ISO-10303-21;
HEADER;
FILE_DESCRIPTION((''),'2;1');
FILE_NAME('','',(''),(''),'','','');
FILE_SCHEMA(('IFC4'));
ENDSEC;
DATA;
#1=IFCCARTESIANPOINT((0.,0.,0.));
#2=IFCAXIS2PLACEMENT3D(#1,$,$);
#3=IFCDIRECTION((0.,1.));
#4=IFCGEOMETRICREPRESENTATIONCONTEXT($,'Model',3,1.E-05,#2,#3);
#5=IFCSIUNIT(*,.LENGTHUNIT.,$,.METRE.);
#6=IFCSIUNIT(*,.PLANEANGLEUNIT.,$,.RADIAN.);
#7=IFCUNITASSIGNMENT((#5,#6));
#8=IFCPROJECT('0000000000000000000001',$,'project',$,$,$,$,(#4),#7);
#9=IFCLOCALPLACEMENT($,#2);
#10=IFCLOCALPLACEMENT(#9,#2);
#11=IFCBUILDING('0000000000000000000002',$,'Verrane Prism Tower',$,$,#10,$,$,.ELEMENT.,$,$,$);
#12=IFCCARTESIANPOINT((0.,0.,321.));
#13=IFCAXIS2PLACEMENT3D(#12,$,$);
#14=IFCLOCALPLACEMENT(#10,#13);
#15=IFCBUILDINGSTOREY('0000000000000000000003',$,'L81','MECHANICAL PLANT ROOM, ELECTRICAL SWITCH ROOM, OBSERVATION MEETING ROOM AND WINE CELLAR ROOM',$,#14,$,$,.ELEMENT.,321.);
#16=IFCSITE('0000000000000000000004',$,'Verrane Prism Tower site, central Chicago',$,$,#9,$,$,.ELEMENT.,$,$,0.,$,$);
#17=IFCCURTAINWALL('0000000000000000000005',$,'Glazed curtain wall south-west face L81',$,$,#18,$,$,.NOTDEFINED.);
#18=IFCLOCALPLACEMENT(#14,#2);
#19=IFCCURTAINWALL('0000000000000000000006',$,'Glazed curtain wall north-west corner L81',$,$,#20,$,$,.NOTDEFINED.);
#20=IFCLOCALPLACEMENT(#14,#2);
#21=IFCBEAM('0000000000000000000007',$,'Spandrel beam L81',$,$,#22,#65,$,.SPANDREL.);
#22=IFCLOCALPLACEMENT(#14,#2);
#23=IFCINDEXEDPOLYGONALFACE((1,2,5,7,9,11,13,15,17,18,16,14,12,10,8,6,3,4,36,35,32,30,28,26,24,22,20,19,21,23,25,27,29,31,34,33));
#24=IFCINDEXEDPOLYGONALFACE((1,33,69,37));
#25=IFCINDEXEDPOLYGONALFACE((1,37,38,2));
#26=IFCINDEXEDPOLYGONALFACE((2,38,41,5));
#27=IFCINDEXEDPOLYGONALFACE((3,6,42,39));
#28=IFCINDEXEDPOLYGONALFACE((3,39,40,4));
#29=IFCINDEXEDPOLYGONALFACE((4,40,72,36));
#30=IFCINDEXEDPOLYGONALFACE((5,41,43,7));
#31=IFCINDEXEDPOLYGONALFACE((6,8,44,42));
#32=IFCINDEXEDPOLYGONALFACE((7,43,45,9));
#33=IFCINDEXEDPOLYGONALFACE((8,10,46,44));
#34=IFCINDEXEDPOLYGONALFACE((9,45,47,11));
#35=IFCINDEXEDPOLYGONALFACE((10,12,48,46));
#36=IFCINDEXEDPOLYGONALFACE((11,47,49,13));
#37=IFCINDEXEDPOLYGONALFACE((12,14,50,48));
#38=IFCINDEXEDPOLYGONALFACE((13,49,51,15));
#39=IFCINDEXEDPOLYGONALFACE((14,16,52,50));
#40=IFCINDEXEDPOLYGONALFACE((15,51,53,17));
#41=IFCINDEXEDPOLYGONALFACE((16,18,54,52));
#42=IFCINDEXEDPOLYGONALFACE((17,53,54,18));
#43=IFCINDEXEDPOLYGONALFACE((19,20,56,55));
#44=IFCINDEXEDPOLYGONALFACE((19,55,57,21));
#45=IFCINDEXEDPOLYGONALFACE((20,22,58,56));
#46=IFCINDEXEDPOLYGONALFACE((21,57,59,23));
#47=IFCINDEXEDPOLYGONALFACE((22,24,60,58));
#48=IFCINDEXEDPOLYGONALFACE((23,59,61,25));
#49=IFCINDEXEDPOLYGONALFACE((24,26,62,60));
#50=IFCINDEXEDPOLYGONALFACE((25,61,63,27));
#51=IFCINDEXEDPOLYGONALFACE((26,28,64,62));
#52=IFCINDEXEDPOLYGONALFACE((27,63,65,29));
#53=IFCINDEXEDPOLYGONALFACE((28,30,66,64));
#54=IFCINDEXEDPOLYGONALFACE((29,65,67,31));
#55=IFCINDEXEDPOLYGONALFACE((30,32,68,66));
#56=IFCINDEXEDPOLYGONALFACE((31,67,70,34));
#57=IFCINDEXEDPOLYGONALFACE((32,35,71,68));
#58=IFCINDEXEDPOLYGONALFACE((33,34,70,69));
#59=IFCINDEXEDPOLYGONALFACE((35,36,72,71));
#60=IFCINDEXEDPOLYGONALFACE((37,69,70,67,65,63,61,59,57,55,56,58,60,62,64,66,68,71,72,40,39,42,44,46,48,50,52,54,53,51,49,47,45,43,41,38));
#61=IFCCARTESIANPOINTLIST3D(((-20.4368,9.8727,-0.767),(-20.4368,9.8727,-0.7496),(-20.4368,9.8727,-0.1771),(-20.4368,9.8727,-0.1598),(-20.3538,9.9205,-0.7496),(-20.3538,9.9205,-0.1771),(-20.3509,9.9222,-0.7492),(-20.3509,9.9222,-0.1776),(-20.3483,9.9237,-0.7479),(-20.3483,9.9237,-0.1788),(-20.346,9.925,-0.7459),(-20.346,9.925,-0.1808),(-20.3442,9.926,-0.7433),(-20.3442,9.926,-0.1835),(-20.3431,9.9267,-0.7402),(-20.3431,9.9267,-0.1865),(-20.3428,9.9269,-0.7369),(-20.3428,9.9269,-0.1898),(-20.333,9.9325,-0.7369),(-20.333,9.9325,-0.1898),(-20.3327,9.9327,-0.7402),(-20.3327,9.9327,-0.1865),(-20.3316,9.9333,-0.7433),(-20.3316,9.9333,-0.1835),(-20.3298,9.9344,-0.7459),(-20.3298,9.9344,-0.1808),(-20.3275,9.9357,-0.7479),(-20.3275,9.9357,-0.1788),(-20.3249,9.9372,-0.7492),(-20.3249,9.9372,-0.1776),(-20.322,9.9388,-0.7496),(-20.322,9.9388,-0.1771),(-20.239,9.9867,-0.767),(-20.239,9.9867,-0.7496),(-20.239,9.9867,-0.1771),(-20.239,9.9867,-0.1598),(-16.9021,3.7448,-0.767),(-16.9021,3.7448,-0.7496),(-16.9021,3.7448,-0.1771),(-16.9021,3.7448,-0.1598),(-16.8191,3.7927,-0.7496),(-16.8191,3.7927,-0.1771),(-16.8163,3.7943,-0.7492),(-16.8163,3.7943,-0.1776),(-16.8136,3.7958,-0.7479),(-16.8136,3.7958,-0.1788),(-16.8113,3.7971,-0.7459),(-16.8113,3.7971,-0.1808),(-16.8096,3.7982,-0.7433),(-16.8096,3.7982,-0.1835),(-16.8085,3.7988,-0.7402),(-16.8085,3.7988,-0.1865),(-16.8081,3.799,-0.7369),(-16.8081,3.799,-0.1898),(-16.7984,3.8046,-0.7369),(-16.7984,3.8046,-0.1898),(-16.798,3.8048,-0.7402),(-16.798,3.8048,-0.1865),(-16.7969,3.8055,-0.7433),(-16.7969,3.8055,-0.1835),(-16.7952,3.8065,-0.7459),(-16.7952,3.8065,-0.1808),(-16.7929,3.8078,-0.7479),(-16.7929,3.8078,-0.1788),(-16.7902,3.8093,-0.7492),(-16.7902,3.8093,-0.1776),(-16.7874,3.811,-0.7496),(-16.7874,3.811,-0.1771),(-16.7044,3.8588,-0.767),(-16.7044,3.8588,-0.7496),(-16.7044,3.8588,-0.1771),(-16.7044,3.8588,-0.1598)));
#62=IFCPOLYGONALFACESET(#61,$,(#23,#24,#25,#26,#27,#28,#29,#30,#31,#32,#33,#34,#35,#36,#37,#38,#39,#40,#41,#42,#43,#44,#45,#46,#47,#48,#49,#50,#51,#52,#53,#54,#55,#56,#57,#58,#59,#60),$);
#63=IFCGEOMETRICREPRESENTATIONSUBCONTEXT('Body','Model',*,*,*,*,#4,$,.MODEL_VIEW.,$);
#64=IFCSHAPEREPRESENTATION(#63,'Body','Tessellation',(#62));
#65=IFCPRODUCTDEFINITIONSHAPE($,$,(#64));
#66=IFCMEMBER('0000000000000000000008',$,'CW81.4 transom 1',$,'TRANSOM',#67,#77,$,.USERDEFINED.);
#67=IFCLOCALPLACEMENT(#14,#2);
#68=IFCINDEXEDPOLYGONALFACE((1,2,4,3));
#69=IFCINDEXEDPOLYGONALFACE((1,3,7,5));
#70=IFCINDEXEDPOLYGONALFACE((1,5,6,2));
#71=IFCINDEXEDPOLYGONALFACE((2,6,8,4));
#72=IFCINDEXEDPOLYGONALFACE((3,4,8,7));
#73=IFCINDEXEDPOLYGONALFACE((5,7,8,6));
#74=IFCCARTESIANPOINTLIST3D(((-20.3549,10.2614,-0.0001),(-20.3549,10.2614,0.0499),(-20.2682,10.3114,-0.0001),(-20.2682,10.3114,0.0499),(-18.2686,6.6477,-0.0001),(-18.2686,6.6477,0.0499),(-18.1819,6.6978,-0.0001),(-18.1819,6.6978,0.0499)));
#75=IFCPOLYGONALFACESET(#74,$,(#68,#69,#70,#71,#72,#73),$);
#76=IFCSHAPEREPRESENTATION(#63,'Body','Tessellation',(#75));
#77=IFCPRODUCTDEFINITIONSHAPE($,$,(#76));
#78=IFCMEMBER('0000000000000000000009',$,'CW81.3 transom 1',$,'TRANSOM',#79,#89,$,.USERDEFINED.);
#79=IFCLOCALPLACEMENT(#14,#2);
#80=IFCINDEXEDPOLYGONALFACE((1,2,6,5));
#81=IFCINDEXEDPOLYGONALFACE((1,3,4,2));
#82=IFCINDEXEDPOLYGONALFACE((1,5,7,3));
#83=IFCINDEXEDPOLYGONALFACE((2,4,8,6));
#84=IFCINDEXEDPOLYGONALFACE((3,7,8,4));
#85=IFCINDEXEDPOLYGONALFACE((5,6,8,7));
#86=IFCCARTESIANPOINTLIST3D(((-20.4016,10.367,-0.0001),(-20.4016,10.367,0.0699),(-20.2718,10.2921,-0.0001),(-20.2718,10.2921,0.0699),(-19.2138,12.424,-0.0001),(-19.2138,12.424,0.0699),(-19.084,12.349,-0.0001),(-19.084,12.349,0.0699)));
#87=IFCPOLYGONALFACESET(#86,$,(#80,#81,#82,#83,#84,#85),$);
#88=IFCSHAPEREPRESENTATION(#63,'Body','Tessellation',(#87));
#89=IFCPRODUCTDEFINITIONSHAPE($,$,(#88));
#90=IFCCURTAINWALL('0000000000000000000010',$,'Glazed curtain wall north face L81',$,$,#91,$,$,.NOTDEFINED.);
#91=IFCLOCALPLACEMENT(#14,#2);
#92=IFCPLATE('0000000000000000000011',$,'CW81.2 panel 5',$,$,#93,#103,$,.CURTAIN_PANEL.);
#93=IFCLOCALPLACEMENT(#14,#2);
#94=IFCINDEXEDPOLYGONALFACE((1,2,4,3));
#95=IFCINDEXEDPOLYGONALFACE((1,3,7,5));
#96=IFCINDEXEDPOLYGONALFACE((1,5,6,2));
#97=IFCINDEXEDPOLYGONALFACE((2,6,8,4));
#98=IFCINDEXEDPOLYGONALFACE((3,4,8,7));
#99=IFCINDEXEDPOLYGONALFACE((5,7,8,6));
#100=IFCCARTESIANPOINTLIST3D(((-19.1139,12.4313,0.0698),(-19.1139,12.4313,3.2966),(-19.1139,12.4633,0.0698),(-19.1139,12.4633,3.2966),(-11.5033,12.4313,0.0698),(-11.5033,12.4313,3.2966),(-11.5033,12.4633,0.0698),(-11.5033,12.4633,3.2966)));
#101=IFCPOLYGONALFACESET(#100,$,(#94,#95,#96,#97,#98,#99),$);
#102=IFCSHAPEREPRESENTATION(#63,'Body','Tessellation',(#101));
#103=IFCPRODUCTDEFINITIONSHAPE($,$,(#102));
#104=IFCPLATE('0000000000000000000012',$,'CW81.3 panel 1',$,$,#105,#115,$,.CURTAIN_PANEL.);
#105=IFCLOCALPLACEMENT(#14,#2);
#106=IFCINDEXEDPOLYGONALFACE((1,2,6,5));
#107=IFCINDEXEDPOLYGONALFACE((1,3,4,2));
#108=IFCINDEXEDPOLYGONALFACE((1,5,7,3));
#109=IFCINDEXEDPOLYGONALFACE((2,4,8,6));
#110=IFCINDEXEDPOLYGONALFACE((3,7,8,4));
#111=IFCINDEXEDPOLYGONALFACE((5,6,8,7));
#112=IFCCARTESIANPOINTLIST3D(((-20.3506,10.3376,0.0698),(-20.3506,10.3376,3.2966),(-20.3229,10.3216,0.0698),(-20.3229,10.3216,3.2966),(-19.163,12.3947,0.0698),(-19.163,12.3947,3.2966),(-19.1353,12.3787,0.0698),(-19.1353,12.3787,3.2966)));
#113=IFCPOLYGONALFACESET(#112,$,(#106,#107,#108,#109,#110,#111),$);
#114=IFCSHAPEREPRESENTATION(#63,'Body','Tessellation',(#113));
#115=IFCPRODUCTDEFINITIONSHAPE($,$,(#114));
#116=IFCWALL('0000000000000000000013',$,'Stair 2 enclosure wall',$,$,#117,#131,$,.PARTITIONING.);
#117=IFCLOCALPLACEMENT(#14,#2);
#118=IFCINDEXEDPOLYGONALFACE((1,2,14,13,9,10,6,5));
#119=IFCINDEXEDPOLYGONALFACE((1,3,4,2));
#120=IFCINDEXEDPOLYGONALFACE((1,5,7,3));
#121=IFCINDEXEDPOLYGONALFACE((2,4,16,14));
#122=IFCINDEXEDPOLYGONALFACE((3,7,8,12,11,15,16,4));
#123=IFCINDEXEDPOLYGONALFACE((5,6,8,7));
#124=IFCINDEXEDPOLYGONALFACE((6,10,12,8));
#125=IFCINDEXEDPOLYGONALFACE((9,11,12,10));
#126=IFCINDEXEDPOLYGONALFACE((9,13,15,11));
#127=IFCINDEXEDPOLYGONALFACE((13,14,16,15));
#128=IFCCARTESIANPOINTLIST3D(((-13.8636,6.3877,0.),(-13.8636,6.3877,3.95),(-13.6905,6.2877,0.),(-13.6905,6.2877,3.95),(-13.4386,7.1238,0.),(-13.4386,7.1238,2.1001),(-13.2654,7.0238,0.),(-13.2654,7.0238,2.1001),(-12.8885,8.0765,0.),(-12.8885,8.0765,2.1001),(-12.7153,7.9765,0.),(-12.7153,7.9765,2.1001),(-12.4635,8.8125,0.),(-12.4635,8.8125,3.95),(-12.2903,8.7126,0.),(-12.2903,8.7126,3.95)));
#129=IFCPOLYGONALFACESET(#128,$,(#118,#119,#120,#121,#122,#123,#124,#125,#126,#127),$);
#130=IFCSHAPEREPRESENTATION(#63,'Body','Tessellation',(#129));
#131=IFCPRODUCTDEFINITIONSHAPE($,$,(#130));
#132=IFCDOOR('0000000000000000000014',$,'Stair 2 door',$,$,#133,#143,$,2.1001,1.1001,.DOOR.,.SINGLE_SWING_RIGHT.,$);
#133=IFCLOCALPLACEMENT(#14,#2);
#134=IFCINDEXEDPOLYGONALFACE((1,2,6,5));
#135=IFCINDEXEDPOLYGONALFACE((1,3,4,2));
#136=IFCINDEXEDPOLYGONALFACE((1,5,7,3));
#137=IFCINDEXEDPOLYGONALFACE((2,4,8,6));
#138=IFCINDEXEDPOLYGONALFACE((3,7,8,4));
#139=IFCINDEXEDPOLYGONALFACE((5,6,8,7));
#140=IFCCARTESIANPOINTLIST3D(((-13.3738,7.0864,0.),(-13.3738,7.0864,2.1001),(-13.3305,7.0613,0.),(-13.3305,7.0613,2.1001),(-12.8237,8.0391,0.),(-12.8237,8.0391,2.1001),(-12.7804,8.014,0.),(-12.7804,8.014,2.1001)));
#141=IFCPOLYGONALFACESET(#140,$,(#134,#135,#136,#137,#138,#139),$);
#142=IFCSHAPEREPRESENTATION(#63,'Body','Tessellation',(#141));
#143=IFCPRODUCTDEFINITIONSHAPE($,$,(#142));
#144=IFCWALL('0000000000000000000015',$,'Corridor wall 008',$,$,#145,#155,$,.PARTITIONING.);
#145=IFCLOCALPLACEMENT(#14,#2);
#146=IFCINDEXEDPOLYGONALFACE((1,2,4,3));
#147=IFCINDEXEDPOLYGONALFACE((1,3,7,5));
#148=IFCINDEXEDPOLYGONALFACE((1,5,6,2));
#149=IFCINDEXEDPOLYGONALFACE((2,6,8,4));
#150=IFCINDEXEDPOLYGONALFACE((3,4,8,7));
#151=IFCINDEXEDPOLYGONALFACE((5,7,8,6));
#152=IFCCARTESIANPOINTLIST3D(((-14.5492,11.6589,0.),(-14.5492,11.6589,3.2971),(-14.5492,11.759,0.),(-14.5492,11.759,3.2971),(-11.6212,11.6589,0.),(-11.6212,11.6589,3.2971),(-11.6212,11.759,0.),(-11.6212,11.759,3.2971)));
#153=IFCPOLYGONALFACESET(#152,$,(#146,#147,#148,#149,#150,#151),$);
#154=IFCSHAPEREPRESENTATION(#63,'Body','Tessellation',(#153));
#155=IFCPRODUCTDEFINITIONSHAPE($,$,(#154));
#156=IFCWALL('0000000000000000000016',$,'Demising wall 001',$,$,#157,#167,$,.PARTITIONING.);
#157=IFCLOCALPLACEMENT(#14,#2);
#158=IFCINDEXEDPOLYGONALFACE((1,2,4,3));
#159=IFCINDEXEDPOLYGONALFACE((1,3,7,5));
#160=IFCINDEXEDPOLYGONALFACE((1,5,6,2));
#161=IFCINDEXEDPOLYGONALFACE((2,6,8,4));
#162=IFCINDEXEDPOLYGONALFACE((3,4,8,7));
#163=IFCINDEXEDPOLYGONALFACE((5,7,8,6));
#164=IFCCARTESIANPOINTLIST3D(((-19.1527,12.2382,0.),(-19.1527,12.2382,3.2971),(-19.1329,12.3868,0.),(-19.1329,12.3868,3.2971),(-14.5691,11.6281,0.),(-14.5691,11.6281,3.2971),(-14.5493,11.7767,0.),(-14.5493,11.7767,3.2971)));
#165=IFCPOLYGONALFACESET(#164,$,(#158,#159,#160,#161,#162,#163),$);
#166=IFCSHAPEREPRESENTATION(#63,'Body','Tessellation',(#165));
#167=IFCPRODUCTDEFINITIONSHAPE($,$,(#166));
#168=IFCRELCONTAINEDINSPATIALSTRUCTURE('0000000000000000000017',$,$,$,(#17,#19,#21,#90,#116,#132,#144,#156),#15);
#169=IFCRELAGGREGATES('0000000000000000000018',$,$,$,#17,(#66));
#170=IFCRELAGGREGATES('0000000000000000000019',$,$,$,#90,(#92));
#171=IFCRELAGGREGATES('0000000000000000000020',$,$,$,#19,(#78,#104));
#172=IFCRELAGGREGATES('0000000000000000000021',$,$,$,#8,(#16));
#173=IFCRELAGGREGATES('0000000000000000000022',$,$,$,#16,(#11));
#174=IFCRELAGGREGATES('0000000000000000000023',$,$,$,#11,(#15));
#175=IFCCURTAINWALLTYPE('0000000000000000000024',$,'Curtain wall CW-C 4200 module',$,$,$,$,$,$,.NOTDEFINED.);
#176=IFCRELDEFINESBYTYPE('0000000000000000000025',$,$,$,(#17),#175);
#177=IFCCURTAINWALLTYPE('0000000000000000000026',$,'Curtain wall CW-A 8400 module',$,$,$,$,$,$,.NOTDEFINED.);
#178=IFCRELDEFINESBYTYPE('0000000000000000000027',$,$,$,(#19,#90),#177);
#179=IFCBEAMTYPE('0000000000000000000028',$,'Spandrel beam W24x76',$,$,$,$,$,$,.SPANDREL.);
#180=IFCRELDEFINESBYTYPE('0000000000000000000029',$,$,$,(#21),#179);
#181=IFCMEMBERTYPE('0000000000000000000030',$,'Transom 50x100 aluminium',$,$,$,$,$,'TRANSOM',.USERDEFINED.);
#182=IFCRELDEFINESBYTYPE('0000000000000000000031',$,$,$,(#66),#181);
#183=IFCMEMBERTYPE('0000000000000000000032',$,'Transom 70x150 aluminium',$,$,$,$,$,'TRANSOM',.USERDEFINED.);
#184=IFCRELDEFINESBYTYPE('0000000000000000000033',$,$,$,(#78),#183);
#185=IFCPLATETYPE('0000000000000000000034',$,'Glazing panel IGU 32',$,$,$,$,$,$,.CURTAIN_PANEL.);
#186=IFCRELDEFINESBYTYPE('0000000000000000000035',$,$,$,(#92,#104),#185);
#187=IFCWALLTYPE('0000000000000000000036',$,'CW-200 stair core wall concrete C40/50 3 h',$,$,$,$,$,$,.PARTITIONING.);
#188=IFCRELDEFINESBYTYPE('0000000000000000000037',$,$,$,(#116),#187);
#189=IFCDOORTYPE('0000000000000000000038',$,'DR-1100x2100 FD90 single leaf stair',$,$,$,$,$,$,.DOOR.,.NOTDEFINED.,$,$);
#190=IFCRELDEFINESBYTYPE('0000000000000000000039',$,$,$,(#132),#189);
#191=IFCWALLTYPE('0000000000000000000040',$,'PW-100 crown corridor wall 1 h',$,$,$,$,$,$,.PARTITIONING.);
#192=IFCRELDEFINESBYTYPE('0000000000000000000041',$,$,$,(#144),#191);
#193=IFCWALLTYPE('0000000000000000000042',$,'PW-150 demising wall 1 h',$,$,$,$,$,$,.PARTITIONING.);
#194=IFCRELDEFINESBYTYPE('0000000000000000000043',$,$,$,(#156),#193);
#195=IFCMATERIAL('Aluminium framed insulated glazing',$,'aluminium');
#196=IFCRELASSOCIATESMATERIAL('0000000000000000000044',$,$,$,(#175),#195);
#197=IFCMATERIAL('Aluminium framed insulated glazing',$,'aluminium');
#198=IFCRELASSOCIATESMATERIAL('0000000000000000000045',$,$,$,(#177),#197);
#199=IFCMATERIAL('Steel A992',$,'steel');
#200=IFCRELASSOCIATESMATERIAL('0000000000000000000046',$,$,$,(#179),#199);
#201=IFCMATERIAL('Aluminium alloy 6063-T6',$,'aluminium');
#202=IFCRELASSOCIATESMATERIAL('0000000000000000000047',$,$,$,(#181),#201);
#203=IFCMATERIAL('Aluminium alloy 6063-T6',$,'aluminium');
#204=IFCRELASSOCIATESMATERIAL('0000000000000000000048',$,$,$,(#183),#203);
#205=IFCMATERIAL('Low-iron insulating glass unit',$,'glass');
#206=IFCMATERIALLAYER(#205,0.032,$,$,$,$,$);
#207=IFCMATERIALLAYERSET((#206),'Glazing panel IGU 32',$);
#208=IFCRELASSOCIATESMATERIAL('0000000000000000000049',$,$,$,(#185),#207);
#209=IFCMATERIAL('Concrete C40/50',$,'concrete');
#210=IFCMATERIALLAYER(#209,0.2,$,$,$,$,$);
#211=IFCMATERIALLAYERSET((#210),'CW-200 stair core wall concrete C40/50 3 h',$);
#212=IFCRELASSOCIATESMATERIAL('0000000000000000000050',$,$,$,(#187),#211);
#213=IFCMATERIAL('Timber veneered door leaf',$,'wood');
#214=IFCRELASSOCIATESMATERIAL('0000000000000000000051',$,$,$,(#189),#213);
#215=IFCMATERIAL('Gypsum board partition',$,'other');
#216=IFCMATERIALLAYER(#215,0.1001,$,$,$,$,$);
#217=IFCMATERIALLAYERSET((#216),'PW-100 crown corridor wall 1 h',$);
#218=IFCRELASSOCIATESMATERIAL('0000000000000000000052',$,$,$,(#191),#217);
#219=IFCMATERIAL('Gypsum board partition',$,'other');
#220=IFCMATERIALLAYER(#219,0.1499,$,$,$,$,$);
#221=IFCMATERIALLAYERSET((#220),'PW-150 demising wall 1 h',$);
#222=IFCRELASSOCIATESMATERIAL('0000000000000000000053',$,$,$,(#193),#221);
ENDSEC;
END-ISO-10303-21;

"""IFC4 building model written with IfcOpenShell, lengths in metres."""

from ifc_helpers import new_model, si_unit, direction, frame, frame_2d, origin, origin_2d, place, context, subcontext, project, spatial, rectangle, i_section, extrude, material, layer, layer_set, material_profile, profile_set, type_object, element, fill, aggregate, save


model = new_model("IFC4")

# Units and contexts
model_context = context("Model", 3, precision=1e-05, world=origin(), true_north=direction((0.0, 1.0)))
body_context = subcontext(model_context, "Body", "Model", "MODEL_VIEW")
ifc_project = project(units=[si_unit("LENGTHUNIT", "METRE"), si_unit("PLANEANGLEUNIT", "RADIAN")], contexts=[model_context])

# Site, building, storey
site_placement = place(None, origin())
site = spatial("IfcSite", under=ifc_project, at=site_placement, Name="Verrane Prism Tower site, central Chicago", CompositionType="ELEMENT", RefElevation=0.0)
building_placement = place(site_placement, origin())
building = spatial("IfcBuilding", under=site, at=building_placement, Name="Verrane Prism Tower", CompositionType="ELEMENT")
storey_placement = place(building_placement, frame((0.0, 0.0, 321.0)))
storey = spatial("IfcBuildingStorey", under=building, at=storey_placement, Name="L81", Description="MECHANICAL PLANT ROOM, ELECTRICAL SWITCH ROOM, OBSERVATION MEETING ROOM AND WINE CELLAR ROOM", CompositionType="ELEMENT", Elevation=321.0)

# Curtain walls
ifc_material_1 = material(Name="Aluminium framed insulated glazing", Category="aluminium")
curtain_wall_type_1 = type_object("IfcCurtainWallType", Name="Curtain wall CW-C 4200 module", PredefinedType="NOTDEFINED", material=ifc_material_1)
curtain_wall_1_placement = place(storey_placement, origin())
curtain_wall_1 = element("IfcCurtainWall", 1, at=curtain_wall_1_placement, inside=storey, type_object=curtain_wall_type_1, Name="Glazed curtain wall south-west face L81", PredefinedType="NOTDEFINED")
ifc_material_2 = material(Name="Aluminium framed insulated glazing", Category="aluminium")
curtain_wall_type_2 = type_object("IfcCurtainWallType", Name="Curtain wall CW-A 8400 module", PredefinedType="NOTDEFINED", material=ifc_material_2)
curtain_wall_2_placement = place(storey_placement, origin())
curtain_wall_2 = element("IfcCurtainWall", 2, at=curtain_wall_2_placement, inside=storey, type_object=curtain_wall_type_2, Name="Glazed curtain wall north-west corner L81", PredefinedType="NOTDEFINED")

# Beam
ifc_material_3 = material(Name="Steel A992", Category="steel")
ifc_material_profile_1 = material_profile(ifc_material_3, i_section(OverallWidth=0.2283, OverallDepth=0.6072, WebThickness=0.0112, FlangeThickness=0.0173, FilletRadius=0.0127, at=origin_2d()), Name="W24x76")
ifc_profile_set_1 = profile_set([ifc_material_profile_1], Name="Steel A992")
beam_type_1 = type_object("IfcBeamType", Name="Spandrel beam W24x76", PredefinedType="SPANDREL", material=ifc_profile_set_1)
beam_1_placement = place(storey_placement, frame((-20.3379, 9.9297, -0.4634), z_axis=(0.499651, -0.866227, 0.0), x_axis=(0.866227, 0.499651, 0.0)))
element("IfcBeam", 3, at=beam_1_placement, inside=storey, type_object=beam_type_1, Name="Spandrel beam L81", PredefinedType="SPANDREL", context=body_context, shape_type="SweptSolid", body=[
    extrude(i_section(OverallWidth=0.2283, OverallDepth=0.6072, WebThickness=0.0112, FlangeThickness=0.0173, FilletRadius=0.0127, at=origin_2d()), origin(), (0.0, 0.0, 1.0), 7.0742),
])

# Members
ifc_material_4 = material(Name="Aluminium alloy 6063-T6", Category="aluminium")
ifc_material_profile_2 = material_profile(ifc_material_4, rectangle(XDim=0.1001, YDim=0.05, at=origin_2d()), Name="Transom 50x100 aluminium")
ifc_profile_set_2 = profile_set([ifc_material_profile_2], Name="Aluminium alloy 6063-T6")
member_type_1 = type_object("IfcMemberType", Name="Transom 50x100 aluminium", ElementType="TRANSOM", PredefinedType="USERDEFINED", material=ifc_profile_set_2)
member_1_placement = place(storey_placement, frame((-20.3115, 10.2864, 0.0249), z_axis=(0.499984, -0.866035, 0.0), x_axis=(0.866035, 0.499984, 0.0)))
member_1 = element("IfcMember", 4, at=member_1_placement, type_object=member_type_1, Name="CW81.4 transom 1", ObjectType="TRANSOM", PredefinedType="USERDEFINED", context=body_context, shape_type="SweptSolid", body=[
    extrude(rectangle(XDim=0.1001, YDim=0.05, at=origin_2d()), origin(), (0.0, 0.0, 1.0), 4.1726),
])
aggregate(curtain_wall_1, [member_1])
ifc_material_5 = material(Name="Aluminium alloy 6063-T6", Category="aluminium")
ifc_material_profile_3 = material_profile(ifc_material_5, rectangle(XDim=0.1499, YDim=0.0701, at=origin_2d()), Name="Transom 70x150 aluminium")
ifc_profile_set_3 = profile_set([ifc_material_profile_3], Name="Aluminium alloy 6063-T6")
member_type_2 = type_object("IfcMemberType", Name="Transom 70x150 aluminium", ElementType="TRANSOM", PredefinedType="USERDEFINED", material=ifc_profile_set_3)
member_2_placement = place(storey_placement, frame((-19.1489, 12.3865, 0.0349), z_axis=(-0.500064, -0.865989, 0.0), x_axis=(0.865989, -0.500064, 0.0)))
member_2 = element("IfcMember", 5, at=member_2_placement, type_object=member_type_2, Name="CW81.3 transom 1", ObjectType="TRANSOM", PredefinedType="USERDEFINED", context=body_context, shape_type="SweptSolid", body=[
    extrude(rectangle(XDim=0.1499, YDim=0.0701, at=origin_2d()), origin(), (0.0, 0.0, 1.0), 2.3752),
])

# Curtain wall, plate
curtain_wall_3_placement = place(storey_placement, origin())
curtain_wall_3 = element("IfcCurtainWall", 6, at=curtain_wall_3_placement, inside=storey, type_object=curtain_wall_type_2, Name="Glazed curtain wall north face L81", PredefinedType="NOTDEFINED")
ifc_material_6 = material(Name="Low-iron insulating glass unit", Category="glass")
ifc_layer_1 = layer(ifc_material_6, 0.032)
ifc_layer_set_1 = layer_set([ifc_layer_1], Name="Glazing panel IGU 32")
plate_type = type_object("IfcPlateType", Name="Glazing panel IGU 32", PredefinedType="CURTAIN_PANEL", material=ifc_layer_set_1)
plate_1_placement = place(storey_placement, frame((-15.3086, 12.4473, 0.0698), z_axis=(0.0, 0.0, 1.0), x_axis=(-1.0, 0.0, 0.0)))
plate_1 = element("IfcPlate", 7, at=plate_1_placement, type_object=plate_type, Name="CW81.2 panel 5", PredefinedType="CURTAIN_PANEL", context=body_context, shape_type="SweptSolid", body=[
    extrude(rectangle(XDim=7.6106, YDim=0.032, at=origin_2d()), origin(), (0.0, 0.0, 1.0), 3.2268),
])
aggregate(curtain_wall_3, [plate_1])

# Plate
plate_2_placement = place(storey_placement, frame((-19.7429, 11.3582, 0.0698), z_axis=(0.0, 0.0, 1.0), x_axis=(-0.500001, -0.866025, 0.0)))
plate_2 = element("IfcPlate", 8, at=plate_2_placement, type_object=plate_type, Name="CW81.3 panel 1", PredefinedType="CURTAIN_PANEL", context=body_context, shape_type="SweptSolid", body=[
    extrude(rectangle(XDim=2.3752, YDim=0.032, at=origin_2d()), origin(), (0.0, 0.0, 1.0), 3.2268),
])
aggregate(curtain_wall_2, [member_2, plate_2])

# Wall, opening, door
ifc_material_7 = material(Name="Concrete C40/50", Category="concrete")
ifc_layer_2 = layer(ifc_material_7, 0.2)
ifc_layer_set_2 = layer_set([ifc_layer_2], Name="CW-200 stair core wall concrete C40/50 3 h")
wall_type_1 = type_object("IfcWallType", Name="CW-200 stair core wall concrete C40/50 3 h", PredefinedType="PARTITIONING", material=ifc_layer_set_2)
wall_1_placement = place(storey_placement, frame((-12.377, 8.7625, 0.0), z_axis=(0.0, 0.0, 1.0), x_axis=(-0.50005, -0.865997, 0.0)))
wall_1 = element("IfcWall", 9, at=wall_1_placement, inside=storey, type_object=wall_type_1, Name="Stair 2 enclosure wall", PredefinedType="PARTITIONING", context=body_context, shape_type="SweptSolid", body=[
    extrude(rectangle(XDim=2.8, YDim=0.2, at=frame_2d((1.3999, 0.0))), origin(), (0.0, 0.0, 1.0), 3.95),
])
opening_placement = place(wall_1_placement, frame((0.8499, 0.0, 0.0)))
opening = element("IfcOpeningElement", 10, at=opening_placement, cuts=wall_1, PredefinedType="OPENING", context=body_context, shape_type="SweptSolid", body=[
    extrude(rectangle(XDim=1.1001, YDim=2.1001, at=frame_2d((0.55, 1.05))), frame((0.0, 0.1099, 0.0), z_axis=(0.0, -1.0, 0.0), x_axis=(1.0, 0.0, 0.0)), (0.0, 0.0, 1.0), 0.22),
])
ifc_material_8 = material(Name="Timber veneered door leaf", Category="wood")
door_type = type_object("IfcDoorType", Name="DR-1100x2100 FD90 single leaf stair", OperationType="NOTDEFINED", PredefinedType="DOOR", material=ifc_material_8)
door_placement = place(opening_placement, origin())
door = element("IfcDoor", 11, at=door_placement, inside=storey, type_object=door_type, Name="Stair 2 door", OperationType="SINGLE_SWING_RIGHT", OverallHeight=2.1001, OverallWidth=1.1001, PredefinedType="DOOR", context=body_context, shape_type="SweptSolid", body=[
    extrude(rectangle(XDim=1.1001, YDim=2.1001, at=frame_2d((0.55, 1.05))), frame((0.0, 0.0249, 0.0), z_axis=(0.0, -1.0, 0.0), x_axis=(1.0, 0.0, 0.0)), (0.0, 0.0, 1.0), 0.05),
])
fill(opening, door)

# Walls
ifc_material_9 = material(Name="Gypsum board partition", Category="other")
ifc_layer_3 = layer(ifc_material_9, 0.1001)
ifc_layer_set_3 = layer_set([ifc_layer_3], Name="PW-100 crown corridor wall 1 h")
wall_type_2 = type_object("IfcWallType", Name="PW-100 crown corridor wall 1 h", PredefinedType="PARTITIONING", material=ifc_layer_set_3)
wall_2_placement = place(storey_placement, frame((-14.5491, 11.709, 0.0), z_axis=(0.0, 0.0, 1.0), x_axis=(1.0, 0.0, 0.0)))
element("IfcWall", 12, at=wall_2_placement, inside=storey, type_object=wall_type_2, Name="Corridor wall 008", PredefinedType="PARTITIONING", context=body_context, shape_type="SweptSolid", body=[
    extrude(rectangle(XDim=2.928, YDim=0.1001, at=frame_2d((1.4639, 0.0))), origin(), (0.0, 0.0, 1.0), 3.2971),
])
ifc_material_10 = material(Name="Gypsum board partition", Category="other")
ifc_layer_4 = layer(ifc_material_10, 0.1499)
ifc_layer_set_4 = layer_set([ifc_layer_4], Name="PW-150 demising wall 1 h")
wall_type_3 = type_object("IfcWallType", Name="PW-150 demising wall 1 h", PredefinedType="PARTITIONING", material=ifc_layer_set_4)
wall_3_placement = place(storey_placement, frame((-19.1428, 12.3125, 0.0), z_axis=(0.0, 0.0, 1.0), x_axis=(0.991257, -0.131946, 0.0)))
element("IfcWall", 13, at=wall_3_placement, inside=storey, type_object=wall_type_3, Name="Demising wall 001", PredefinedType="PARTITIONING", context=body_context, shape_type="SweptSolid", body=[
    extrude(rectangle(XDim=4.624, YDim=0.1499, at=frame_2d((2.312, 0.0))), origin(), (0.0, 0.0, 1.0), 3.2971),
])

save(model, "model.ifc")
